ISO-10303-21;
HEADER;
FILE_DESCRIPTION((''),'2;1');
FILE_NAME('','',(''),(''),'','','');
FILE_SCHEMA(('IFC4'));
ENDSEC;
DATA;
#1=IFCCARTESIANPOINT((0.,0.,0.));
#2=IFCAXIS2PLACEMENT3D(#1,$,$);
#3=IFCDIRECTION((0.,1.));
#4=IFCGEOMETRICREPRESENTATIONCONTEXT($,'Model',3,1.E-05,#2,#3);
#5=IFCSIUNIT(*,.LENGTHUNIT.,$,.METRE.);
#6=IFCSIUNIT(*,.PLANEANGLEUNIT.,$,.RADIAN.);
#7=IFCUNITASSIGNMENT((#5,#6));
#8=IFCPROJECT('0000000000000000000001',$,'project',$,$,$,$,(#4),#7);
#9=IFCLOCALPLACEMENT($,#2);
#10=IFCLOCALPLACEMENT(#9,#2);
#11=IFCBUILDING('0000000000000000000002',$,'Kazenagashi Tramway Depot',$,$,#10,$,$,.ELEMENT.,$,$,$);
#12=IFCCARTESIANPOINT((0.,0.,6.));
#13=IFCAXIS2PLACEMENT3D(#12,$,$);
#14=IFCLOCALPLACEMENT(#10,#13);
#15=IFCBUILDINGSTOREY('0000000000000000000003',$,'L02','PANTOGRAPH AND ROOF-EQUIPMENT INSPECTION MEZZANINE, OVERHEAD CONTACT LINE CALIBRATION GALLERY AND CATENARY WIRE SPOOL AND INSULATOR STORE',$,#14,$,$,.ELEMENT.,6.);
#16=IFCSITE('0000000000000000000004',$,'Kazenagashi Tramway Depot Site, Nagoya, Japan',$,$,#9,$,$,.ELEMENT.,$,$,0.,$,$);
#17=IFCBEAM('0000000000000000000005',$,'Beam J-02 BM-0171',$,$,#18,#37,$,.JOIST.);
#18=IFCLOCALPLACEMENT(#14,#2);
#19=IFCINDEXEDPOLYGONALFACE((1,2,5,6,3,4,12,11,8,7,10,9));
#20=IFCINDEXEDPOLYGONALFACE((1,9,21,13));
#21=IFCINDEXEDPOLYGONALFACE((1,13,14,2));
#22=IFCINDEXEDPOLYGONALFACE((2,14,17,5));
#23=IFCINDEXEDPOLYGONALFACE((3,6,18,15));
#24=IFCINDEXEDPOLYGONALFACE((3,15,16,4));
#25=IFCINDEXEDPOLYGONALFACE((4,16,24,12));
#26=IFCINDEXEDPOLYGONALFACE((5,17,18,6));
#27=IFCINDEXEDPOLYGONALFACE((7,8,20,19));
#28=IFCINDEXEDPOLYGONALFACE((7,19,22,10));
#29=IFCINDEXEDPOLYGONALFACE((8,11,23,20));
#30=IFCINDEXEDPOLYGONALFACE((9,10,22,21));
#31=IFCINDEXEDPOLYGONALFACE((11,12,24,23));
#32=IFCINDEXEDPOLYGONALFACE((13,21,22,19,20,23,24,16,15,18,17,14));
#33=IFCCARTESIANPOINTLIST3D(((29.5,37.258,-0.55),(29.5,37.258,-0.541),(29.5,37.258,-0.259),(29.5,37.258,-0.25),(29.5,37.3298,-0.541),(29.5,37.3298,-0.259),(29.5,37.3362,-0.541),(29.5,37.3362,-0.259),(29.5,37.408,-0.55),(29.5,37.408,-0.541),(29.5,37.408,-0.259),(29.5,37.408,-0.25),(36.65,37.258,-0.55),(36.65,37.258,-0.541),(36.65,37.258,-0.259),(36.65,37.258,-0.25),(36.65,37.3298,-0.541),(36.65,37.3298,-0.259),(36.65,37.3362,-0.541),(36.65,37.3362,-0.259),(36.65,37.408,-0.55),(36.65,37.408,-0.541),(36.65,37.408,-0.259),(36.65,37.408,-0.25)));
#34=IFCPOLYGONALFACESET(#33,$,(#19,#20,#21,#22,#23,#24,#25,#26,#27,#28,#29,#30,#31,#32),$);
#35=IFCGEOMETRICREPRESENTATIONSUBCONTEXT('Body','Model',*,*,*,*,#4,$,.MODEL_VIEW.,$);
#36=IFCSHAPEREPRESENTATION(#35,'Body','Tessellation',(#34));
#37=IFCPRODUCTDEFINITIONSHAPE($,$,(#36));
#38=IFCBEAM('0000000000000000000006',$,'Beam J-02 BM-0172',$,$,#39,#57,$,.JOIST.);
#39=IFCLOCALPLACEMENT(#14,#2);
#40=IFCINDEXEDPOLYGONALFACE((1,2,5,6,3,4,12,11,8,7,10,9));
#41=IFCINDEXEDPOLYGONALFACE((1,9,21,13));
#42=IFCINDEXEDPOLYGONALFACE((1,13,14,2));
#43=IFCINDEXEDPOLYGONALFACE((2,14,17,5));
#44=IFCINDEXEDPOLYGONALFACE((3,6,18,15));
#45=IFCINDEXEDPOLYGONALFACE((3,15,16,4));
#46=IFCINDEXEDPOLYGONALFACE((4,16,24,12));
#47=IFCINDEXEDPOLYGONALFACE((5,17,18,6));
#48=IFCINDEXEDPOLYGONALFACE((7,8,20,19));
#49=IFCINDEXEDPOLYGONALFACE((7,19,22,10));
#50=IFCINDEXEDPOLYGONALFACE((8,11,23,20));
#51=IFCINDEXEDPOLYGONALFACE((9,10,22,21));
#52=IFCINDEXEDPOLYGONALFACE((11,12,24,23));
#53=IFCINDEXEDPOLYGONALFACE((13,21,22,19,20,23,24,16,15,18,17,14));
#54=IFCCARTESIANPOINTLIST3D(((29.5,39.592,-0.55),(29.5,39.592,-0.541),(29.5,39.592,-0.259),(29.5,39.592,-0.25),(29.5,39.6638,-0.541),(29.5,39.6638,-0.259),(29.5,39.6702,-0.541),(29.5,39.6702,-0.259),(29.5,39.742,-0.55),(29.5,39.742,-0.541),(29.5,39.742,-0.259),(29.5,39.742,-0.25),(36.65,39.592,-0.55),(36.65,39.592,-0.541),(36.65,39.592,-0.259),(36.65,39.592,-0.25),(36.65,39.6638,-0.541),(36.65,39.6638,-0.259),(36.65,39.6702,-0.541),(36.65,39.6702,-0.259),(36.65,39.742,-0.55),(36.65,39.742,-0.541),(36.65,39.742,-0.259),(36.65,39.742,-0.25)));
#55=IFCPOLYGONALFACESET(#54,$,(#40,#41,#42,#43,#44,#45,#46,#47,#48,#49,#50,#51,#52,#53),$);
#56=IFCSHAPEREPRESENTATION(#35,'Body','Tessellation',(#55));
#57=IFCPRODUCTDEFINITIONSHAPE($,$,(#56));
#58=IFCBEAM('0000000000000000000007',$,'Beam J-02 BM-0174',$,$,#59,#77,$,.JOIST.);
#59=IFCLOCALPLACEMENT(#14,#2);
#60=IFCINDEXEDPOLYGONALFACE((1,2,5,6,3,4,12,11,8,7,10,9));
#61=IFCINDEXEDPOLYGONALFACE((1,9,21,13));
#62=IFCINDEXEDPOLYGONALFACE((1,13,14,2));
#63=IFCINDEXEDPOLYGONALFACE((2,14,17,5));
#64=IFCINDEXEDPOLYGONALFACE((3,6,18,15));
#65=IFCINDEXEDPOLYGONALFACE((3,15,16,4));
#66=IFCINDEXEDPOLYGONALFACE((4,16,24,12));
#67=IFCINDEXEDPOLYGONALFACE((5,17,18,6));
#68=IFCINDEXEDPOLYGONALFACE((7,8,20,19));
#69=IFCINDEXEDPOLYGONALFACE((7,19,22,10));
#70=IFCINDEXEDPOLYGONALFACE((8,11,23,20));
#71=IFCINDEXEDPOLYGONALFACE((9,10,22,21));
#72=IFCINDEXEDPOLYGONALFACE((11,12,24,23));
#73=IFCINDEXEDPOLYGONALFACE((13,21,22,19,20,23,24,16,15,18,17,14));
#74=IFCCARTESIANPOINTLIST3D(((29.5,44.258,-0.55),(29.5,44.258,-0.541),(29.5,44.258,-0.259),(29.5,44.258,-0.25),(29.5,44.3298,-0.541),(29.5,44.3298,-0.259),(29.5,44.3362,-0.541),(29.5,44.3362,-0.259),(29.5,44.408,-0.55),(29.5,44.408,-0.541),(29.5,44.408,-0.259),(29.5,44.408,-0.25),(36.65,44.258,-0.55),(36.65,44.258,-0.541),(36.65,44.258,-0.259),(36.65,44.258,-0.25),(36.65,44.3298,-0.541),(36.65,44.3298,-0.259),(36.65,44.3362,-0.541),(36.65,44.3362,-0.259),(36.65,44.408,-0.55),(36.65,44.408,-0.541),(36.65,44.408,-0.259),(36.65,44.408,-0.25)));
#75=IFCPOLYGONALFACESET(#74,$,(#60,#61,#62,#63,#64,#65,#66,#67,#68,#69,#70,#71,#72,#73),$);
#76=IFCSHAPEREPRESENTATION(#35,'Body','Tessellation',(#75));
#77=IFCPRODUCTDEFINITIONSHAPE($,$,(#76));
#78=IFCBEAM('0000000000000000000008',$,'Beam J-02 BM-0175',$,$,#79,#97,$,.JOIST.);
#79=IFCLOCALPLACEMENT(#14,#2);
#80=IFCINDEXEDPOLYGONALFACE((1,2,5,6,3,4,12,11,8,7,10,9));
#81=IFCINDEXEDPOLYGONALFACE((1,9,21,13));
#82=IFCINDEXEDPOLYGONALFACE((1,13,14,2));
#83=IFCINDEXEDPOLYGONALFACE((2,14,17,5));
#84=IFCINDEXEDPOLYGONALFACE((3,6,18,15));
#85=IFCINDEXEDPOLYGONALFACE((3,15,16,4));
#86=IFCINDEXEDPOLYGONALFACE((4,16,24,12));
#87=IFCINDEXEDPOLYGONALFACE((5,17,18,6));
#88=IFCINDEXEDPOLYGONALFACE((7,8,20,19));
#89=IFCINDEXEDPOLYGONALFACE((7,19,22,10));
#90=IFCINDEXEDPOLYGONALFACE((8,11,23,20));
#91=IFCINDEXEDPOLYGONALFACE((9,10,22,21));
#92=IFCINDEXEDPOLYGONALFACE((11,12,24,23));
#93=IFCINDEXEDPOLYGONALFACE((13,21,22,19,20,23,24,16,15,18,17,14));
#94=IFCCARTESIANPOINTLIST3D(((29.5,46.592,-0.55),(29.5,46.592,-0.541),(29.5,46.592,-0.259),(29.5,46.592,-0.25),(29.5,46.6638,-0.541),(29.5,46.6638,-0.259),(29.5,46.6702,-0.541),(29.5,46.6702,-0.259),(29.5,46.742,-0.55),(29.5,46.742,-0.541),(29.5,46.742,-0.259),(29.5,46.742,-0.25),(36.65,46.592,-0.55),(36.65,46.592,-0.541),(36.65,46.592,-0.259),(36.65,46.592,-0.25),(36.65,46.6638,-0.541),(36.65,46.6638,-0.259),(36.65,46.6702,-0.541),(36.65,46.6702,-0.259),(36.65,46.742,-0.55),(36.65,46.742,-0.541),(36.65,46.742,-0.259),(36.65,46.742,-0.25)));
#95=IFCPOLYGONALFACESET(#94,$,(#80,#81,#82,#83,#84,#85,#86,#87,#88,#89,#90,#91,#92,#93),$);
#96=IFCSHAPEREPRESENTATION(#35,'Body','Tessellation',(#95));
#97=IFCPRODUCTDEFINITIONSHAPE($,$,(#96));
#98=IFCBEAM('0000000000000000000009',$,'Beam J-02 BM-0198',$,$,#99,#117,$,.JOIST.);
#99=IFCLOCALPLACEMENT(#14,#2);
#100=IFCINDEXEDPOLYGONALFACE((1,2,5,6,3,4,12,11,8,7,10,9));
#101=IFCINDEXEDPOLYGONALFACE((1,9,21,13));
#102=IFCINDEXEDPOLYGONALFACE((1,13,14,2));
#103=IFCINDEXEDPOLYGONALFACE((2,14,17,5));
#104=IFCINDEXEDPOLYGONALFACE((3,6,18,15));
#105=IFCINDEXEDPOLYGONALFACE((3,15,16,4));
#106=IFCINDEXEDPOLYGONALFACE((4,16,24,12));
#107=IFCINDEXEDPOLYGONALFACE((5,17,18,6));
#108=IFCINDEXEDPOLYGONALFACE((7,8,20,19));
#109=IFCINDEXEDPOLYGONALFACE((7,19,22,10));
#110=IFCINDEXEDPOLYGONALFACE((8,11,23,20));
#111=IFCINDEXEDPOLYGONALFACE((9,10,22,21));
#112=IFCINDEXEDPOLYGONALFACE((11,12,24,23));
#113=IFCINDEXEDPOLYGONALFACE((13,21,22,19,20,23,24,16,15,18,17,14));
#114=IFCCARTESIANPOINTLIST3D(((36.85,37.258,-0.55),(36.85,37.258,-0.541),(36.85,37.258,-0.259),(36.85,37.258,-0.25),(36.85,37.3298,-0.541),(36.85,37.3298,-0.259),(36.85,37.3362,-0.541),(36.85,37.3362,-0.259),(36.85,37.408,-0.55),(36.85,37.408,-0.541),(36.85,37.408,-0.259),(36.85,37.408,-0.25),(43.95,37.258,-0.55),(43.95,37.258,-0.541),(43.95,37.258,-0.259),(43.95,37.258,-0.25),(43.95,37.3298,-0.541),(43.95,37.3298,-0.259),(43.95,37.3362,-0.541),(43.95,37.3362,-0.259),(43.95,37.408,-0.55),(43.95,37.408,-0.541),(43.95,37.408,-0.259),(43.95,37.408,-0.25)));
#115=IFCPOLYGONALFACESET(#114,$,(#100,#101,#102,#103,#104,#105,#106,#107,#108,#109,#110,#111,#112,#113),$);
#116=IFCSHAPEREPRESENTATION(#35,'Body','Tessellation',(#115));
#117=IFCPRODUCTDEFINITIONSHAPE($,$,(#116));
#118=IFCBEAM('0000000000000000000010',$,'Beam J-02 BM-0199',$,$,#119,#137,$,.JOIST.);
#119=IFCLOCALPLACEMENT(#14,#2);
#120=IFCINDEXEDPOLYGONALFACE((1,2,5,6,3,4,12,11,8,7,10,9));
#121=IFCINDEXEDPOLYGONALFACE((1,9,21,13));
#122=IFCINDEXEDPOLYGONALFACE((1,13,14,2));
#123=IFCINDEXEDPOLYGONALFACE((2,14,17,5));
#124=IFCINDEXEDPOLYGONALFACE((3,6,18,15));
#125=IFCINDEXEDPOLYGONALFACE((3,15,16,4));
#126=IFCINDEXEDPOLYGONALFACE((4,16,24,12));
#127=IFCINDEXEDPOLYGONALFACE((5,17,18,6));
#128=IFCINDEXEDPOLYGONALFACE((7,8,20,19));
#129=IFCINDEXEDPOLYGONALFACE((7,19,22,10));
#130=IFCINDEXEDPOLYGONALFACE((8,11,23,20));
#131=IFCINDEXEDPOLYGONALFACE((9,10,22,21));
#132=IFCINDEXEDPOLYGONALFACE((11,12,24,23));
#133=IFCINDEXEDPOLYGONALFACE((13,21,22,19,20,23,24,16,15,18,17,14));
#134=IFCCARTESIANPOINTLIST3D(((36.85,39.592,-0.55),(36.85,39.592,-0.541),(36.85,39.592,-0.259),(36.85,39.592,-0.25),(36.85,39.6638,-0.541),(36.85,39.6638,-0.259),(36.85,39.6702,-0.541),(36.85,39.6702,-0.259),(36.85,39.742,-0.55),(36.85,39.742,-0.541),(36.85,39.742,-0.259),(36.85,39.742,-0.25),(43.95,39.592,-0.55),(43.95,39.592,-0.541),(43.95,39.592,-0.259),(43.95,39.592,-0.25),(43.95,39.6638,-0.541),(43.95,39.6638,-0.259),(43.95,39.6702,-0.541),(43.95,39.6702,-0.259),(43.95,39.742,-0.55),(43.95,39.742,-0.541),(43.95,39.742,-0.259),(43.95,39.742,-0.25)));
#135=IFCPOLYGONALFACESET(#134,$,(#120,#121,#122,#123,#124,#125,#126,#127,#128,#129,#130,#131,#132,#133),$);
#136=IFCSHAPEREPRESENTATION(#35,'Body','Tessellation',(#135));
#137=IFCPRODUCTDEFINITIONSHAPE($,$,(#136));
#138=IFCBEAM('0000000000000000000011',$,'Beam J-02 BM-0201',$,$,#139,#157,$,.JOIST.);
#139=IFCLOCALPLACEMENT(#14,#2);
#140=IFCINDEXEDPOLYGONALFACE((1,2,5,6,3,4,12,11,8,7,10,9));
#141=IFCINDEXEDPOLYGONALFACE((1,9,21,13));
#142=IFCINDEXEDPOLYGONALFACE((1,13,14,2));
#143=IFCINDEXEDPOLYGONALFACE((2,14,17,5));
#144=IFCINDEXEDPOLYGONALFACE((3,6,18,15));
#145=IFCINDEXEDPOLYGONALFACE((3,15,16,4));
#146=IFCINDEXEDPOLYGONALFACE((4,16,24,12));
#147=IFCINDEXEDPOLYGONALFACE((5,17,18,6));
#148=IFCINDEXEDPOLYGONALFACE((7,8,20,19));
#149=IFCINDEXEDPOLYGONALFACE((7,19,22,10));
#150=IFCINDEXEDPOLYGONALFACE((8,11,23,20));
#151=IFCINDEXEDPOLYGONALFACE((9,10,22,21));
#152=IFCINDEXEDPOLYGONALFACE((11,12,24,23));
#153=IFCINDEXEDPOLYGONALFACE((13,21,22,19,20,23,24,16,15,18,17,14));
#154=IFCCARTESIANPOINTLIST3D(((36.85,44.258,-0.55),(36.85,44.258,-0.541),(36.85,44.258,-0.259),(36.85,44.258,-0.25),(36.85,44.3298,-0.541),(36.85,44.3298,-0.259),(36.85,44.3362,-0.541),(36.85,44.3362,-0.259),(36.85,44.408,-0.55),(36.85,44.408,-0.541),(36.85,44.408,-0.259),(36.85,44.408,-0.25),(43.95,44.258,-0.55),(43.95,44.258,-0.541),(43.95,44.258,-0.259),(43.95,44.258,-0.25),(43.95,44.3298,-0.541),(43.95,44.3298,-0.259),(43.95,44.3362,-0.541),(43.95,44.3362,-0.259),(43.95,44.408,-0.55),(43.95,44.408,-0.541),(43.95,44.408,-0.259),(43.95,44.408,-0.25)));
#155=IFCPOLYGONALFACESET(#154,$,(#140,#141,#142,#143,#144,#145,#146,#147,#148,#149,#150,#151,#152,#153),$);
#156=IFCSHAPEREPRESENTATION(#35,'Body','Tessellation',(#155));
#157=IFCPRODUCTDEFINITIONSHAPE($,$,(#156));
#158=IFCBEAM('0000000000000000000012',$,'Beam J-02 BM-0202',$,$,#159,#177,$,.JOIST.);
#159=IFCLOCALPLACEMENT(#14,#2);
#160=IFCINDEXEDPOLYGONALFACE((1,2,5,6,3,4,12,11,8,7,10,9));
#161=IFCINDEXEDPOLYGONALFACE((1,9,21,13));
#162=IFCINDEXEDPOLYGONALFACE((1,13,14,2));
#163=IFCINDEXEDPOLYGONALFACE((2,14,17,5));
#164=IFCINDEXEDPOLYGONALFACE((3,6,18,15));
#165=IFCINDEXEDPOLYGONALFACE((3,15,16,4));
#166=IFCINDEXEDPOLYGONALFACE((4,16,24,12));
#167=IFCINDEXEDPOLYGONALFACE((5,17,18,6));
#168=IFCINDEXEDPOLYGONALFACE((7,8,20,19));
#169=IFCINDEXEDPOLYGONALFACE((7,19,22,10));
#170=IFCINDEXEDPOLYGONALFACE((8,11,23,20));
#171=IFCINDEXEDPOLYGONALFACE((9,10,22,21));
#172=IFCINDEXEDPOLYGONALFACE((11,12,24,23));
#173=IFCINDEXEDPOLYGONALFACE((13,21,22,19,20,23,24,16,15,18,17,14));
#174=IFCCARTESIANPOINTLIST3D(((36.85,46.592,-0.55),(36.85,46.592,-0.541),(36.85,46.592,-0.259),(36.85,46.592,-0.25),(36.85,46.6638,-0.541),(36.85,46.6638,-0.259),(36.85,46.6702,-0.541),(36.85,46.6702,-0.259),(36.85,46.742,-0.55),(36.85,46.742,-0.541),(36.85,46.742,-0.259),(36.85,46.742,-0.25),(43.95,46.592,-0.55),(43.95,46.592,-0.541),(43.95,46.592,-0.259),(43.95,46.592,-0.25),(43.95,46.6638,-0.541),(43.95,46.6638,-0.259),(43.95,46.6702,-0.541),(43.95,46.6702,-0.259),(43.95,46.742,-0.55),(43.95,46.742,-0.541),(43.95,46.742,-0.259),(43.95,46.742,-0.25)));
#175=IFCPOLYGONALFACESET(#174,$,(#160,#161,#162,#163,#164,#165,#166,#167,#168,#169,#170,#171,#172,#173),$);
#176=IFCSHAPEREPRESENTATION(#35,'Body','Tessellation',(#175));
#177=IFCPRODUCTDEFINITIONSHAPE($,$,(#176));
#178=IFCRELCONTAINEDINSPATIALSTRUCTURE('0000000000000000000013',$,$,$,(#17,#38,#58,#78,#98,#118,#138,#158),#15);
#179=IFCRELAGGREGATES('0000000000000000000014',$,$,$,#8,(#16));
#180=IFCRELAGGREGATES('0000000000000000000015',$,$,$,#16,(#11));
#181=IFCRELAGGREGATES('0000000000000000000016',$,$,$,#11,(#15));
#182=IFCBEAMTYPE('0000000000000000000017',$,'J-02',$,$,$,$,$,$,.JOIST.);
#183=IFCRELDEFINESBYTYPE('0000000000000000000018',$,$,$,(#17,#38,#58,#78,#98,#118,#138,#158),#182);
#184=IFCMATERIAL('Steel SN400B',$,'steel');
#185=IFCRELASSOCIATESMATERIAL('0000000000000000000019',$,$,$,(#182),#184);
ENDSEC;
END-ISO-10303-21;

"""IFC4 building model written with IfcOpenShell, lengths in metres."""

from ifc_helpers import new_model, si_unit, direction, frame, origin, origin_2d, place, context, subcontext, project, spatial, i_section, extrude, material, material_profile, profile_set, type_object, element, save


model = new_model("IFC4")

# Units and contexts
model_context = context("Model", 3, precision=1e-05, world=origin(), true_north=direction((0.0, 1.0)))
body_context = subcontext(model_context, "Body", "Model", "MODEL_VIEW")
ifc_project = project(units=[si_unit("LENGTHUNIT", "METRE"), si_unit("PLANEANGLEUNIT", "RADIAN")], contexts=[model_context])

# Site, building, storey
site_placement = place(None, origin())
site = spatial("IfcSite", under=ifc_project, at=site_placement, Name="Kazenagashi Tramway Depot Site, Nagoya, Japan", CompositionType="ELEMENT", RefElevation=0.0)
building_placement = place(site_placement, origin())
building = spatial("IfcBuilding", under=site, at=building_placement, Name="Kazenagashi Tramway Depot", CompositionType="ELEMENT")
storey_placement = place(building_placement, frame((0.0, 0.0, 6.0)))
storey = spatial("IfcBuildingStorey", under=building, at=storey_placement, Name="L02", Description="PANTOGRAPH AND ROOF-EQUIPMENT INSPECTION MEZZANINE, OVERHEAD CONTACT LINE CALIBRATION GALLERY AND CATENARY WIRE SPOOL AND INSULATOR STORE", CompositionType="ELEMENT", Elevation=6.0)

# Beams
ifc_material_1 = material(Name="Steel SN400B", Category="steel")
ifc_material_profile_1 = material_profile(ifc_material_1, i_section(OverallWidth=0.15, OverallDepth=0.3, WebThickness=0.0065, FlangeThickness=0.009, at=origin_2d()), Name="H-300x150x6.5x9")
ifc_profile_set_1 = profile_set([ifc_material_profile_1], Name="Steel SN400B")
beam_type_1 = type_object("IfcBeamType", Name="J-02", PredefinedType="JOIST", material=ifc_profile_set_1)
for number, where, z_axis, x_axis, name in (
    (1, (29.5, 37.333, -0.4), (1.0, 0.0, 0.0), (0.0, 1.0, 0.0), "Beam J-02 BM-0171"),
    (2, (29.5, 39.667, -0.4), (1.0, 0.0, 0.0), (0.0, 1.0, 0.0), "Beam J-02 BM-0172"),
    (3, (29.5, 44.333, -0.4), (1.0, 0.0, 0.0), (0.0, 1.0, 0.0), "Beam J-02 BM-0174"),
    (4, (29.5, 46.667, -0.4), (1.0, 0.0, 0.0), (0.0, 1.0, 0.0), "Beam J-02 BM-0175"),
):
    element("IfcBeam", number, at=place(storey_placement, frame(where, z_axis=z_axis, x_axis=x_axis)), inside=storey, type_object=beam_type_1, Name=name, PredefinedType="JOIST", context=body_context, shape_type="SweptSolid", body=[
        extrude(i_section(OverallWidth=0.15, OverallDepth=0.3, WebThickness=0.0065, FlangeThickness=0.009, at=origin_2d()), origin(), (0.0, 0.0, 1.0), 7.15),
    ])
for number, where, z_axis, x_axis, name in (
    (5, (36.85, 37.333, -0.4), (1.0, 0.0, 0.0), (0.0, 1.0, 0.0), "Beam J-02 BM-0198"),
    (6, (36.85, 39.667, -0.4), (1.0, 0.0, 0.0), (0.0, 1.0, 0.0), "Beam J-02 BM-0199"),
    (7, (36.85, 44.333, -0.4), (1.0, 0.0, 0.0), (0.0, 1.0, 0.0), "Beam J-02 BM-0201"),
    (8, (36.85, 46.667, -0.4), (1.0, 0.0, 0.0), (0.0, 1.0, 0.0), "Beam J-02 BM-0202"),
):
    element("IfcBeam", number, at=place(storey_placement, frame(where, z_axis=z_axis, x_axis=x_axis)), inside=storey, type_object=beam_type_1, Name=name, PredefinedType="JOIST", context=body_context, shape_type="SweptSolid", body=[
        extrude(i_section(OverallWidth=0.15, OverallDepth=0.3, WebThickness=0.0065, FlangeThickness=0.009, at=origin_2d()), origin(), (0.0, 0.0, 1.0), 7.1),
    ])

save(model, "model.ifc")
